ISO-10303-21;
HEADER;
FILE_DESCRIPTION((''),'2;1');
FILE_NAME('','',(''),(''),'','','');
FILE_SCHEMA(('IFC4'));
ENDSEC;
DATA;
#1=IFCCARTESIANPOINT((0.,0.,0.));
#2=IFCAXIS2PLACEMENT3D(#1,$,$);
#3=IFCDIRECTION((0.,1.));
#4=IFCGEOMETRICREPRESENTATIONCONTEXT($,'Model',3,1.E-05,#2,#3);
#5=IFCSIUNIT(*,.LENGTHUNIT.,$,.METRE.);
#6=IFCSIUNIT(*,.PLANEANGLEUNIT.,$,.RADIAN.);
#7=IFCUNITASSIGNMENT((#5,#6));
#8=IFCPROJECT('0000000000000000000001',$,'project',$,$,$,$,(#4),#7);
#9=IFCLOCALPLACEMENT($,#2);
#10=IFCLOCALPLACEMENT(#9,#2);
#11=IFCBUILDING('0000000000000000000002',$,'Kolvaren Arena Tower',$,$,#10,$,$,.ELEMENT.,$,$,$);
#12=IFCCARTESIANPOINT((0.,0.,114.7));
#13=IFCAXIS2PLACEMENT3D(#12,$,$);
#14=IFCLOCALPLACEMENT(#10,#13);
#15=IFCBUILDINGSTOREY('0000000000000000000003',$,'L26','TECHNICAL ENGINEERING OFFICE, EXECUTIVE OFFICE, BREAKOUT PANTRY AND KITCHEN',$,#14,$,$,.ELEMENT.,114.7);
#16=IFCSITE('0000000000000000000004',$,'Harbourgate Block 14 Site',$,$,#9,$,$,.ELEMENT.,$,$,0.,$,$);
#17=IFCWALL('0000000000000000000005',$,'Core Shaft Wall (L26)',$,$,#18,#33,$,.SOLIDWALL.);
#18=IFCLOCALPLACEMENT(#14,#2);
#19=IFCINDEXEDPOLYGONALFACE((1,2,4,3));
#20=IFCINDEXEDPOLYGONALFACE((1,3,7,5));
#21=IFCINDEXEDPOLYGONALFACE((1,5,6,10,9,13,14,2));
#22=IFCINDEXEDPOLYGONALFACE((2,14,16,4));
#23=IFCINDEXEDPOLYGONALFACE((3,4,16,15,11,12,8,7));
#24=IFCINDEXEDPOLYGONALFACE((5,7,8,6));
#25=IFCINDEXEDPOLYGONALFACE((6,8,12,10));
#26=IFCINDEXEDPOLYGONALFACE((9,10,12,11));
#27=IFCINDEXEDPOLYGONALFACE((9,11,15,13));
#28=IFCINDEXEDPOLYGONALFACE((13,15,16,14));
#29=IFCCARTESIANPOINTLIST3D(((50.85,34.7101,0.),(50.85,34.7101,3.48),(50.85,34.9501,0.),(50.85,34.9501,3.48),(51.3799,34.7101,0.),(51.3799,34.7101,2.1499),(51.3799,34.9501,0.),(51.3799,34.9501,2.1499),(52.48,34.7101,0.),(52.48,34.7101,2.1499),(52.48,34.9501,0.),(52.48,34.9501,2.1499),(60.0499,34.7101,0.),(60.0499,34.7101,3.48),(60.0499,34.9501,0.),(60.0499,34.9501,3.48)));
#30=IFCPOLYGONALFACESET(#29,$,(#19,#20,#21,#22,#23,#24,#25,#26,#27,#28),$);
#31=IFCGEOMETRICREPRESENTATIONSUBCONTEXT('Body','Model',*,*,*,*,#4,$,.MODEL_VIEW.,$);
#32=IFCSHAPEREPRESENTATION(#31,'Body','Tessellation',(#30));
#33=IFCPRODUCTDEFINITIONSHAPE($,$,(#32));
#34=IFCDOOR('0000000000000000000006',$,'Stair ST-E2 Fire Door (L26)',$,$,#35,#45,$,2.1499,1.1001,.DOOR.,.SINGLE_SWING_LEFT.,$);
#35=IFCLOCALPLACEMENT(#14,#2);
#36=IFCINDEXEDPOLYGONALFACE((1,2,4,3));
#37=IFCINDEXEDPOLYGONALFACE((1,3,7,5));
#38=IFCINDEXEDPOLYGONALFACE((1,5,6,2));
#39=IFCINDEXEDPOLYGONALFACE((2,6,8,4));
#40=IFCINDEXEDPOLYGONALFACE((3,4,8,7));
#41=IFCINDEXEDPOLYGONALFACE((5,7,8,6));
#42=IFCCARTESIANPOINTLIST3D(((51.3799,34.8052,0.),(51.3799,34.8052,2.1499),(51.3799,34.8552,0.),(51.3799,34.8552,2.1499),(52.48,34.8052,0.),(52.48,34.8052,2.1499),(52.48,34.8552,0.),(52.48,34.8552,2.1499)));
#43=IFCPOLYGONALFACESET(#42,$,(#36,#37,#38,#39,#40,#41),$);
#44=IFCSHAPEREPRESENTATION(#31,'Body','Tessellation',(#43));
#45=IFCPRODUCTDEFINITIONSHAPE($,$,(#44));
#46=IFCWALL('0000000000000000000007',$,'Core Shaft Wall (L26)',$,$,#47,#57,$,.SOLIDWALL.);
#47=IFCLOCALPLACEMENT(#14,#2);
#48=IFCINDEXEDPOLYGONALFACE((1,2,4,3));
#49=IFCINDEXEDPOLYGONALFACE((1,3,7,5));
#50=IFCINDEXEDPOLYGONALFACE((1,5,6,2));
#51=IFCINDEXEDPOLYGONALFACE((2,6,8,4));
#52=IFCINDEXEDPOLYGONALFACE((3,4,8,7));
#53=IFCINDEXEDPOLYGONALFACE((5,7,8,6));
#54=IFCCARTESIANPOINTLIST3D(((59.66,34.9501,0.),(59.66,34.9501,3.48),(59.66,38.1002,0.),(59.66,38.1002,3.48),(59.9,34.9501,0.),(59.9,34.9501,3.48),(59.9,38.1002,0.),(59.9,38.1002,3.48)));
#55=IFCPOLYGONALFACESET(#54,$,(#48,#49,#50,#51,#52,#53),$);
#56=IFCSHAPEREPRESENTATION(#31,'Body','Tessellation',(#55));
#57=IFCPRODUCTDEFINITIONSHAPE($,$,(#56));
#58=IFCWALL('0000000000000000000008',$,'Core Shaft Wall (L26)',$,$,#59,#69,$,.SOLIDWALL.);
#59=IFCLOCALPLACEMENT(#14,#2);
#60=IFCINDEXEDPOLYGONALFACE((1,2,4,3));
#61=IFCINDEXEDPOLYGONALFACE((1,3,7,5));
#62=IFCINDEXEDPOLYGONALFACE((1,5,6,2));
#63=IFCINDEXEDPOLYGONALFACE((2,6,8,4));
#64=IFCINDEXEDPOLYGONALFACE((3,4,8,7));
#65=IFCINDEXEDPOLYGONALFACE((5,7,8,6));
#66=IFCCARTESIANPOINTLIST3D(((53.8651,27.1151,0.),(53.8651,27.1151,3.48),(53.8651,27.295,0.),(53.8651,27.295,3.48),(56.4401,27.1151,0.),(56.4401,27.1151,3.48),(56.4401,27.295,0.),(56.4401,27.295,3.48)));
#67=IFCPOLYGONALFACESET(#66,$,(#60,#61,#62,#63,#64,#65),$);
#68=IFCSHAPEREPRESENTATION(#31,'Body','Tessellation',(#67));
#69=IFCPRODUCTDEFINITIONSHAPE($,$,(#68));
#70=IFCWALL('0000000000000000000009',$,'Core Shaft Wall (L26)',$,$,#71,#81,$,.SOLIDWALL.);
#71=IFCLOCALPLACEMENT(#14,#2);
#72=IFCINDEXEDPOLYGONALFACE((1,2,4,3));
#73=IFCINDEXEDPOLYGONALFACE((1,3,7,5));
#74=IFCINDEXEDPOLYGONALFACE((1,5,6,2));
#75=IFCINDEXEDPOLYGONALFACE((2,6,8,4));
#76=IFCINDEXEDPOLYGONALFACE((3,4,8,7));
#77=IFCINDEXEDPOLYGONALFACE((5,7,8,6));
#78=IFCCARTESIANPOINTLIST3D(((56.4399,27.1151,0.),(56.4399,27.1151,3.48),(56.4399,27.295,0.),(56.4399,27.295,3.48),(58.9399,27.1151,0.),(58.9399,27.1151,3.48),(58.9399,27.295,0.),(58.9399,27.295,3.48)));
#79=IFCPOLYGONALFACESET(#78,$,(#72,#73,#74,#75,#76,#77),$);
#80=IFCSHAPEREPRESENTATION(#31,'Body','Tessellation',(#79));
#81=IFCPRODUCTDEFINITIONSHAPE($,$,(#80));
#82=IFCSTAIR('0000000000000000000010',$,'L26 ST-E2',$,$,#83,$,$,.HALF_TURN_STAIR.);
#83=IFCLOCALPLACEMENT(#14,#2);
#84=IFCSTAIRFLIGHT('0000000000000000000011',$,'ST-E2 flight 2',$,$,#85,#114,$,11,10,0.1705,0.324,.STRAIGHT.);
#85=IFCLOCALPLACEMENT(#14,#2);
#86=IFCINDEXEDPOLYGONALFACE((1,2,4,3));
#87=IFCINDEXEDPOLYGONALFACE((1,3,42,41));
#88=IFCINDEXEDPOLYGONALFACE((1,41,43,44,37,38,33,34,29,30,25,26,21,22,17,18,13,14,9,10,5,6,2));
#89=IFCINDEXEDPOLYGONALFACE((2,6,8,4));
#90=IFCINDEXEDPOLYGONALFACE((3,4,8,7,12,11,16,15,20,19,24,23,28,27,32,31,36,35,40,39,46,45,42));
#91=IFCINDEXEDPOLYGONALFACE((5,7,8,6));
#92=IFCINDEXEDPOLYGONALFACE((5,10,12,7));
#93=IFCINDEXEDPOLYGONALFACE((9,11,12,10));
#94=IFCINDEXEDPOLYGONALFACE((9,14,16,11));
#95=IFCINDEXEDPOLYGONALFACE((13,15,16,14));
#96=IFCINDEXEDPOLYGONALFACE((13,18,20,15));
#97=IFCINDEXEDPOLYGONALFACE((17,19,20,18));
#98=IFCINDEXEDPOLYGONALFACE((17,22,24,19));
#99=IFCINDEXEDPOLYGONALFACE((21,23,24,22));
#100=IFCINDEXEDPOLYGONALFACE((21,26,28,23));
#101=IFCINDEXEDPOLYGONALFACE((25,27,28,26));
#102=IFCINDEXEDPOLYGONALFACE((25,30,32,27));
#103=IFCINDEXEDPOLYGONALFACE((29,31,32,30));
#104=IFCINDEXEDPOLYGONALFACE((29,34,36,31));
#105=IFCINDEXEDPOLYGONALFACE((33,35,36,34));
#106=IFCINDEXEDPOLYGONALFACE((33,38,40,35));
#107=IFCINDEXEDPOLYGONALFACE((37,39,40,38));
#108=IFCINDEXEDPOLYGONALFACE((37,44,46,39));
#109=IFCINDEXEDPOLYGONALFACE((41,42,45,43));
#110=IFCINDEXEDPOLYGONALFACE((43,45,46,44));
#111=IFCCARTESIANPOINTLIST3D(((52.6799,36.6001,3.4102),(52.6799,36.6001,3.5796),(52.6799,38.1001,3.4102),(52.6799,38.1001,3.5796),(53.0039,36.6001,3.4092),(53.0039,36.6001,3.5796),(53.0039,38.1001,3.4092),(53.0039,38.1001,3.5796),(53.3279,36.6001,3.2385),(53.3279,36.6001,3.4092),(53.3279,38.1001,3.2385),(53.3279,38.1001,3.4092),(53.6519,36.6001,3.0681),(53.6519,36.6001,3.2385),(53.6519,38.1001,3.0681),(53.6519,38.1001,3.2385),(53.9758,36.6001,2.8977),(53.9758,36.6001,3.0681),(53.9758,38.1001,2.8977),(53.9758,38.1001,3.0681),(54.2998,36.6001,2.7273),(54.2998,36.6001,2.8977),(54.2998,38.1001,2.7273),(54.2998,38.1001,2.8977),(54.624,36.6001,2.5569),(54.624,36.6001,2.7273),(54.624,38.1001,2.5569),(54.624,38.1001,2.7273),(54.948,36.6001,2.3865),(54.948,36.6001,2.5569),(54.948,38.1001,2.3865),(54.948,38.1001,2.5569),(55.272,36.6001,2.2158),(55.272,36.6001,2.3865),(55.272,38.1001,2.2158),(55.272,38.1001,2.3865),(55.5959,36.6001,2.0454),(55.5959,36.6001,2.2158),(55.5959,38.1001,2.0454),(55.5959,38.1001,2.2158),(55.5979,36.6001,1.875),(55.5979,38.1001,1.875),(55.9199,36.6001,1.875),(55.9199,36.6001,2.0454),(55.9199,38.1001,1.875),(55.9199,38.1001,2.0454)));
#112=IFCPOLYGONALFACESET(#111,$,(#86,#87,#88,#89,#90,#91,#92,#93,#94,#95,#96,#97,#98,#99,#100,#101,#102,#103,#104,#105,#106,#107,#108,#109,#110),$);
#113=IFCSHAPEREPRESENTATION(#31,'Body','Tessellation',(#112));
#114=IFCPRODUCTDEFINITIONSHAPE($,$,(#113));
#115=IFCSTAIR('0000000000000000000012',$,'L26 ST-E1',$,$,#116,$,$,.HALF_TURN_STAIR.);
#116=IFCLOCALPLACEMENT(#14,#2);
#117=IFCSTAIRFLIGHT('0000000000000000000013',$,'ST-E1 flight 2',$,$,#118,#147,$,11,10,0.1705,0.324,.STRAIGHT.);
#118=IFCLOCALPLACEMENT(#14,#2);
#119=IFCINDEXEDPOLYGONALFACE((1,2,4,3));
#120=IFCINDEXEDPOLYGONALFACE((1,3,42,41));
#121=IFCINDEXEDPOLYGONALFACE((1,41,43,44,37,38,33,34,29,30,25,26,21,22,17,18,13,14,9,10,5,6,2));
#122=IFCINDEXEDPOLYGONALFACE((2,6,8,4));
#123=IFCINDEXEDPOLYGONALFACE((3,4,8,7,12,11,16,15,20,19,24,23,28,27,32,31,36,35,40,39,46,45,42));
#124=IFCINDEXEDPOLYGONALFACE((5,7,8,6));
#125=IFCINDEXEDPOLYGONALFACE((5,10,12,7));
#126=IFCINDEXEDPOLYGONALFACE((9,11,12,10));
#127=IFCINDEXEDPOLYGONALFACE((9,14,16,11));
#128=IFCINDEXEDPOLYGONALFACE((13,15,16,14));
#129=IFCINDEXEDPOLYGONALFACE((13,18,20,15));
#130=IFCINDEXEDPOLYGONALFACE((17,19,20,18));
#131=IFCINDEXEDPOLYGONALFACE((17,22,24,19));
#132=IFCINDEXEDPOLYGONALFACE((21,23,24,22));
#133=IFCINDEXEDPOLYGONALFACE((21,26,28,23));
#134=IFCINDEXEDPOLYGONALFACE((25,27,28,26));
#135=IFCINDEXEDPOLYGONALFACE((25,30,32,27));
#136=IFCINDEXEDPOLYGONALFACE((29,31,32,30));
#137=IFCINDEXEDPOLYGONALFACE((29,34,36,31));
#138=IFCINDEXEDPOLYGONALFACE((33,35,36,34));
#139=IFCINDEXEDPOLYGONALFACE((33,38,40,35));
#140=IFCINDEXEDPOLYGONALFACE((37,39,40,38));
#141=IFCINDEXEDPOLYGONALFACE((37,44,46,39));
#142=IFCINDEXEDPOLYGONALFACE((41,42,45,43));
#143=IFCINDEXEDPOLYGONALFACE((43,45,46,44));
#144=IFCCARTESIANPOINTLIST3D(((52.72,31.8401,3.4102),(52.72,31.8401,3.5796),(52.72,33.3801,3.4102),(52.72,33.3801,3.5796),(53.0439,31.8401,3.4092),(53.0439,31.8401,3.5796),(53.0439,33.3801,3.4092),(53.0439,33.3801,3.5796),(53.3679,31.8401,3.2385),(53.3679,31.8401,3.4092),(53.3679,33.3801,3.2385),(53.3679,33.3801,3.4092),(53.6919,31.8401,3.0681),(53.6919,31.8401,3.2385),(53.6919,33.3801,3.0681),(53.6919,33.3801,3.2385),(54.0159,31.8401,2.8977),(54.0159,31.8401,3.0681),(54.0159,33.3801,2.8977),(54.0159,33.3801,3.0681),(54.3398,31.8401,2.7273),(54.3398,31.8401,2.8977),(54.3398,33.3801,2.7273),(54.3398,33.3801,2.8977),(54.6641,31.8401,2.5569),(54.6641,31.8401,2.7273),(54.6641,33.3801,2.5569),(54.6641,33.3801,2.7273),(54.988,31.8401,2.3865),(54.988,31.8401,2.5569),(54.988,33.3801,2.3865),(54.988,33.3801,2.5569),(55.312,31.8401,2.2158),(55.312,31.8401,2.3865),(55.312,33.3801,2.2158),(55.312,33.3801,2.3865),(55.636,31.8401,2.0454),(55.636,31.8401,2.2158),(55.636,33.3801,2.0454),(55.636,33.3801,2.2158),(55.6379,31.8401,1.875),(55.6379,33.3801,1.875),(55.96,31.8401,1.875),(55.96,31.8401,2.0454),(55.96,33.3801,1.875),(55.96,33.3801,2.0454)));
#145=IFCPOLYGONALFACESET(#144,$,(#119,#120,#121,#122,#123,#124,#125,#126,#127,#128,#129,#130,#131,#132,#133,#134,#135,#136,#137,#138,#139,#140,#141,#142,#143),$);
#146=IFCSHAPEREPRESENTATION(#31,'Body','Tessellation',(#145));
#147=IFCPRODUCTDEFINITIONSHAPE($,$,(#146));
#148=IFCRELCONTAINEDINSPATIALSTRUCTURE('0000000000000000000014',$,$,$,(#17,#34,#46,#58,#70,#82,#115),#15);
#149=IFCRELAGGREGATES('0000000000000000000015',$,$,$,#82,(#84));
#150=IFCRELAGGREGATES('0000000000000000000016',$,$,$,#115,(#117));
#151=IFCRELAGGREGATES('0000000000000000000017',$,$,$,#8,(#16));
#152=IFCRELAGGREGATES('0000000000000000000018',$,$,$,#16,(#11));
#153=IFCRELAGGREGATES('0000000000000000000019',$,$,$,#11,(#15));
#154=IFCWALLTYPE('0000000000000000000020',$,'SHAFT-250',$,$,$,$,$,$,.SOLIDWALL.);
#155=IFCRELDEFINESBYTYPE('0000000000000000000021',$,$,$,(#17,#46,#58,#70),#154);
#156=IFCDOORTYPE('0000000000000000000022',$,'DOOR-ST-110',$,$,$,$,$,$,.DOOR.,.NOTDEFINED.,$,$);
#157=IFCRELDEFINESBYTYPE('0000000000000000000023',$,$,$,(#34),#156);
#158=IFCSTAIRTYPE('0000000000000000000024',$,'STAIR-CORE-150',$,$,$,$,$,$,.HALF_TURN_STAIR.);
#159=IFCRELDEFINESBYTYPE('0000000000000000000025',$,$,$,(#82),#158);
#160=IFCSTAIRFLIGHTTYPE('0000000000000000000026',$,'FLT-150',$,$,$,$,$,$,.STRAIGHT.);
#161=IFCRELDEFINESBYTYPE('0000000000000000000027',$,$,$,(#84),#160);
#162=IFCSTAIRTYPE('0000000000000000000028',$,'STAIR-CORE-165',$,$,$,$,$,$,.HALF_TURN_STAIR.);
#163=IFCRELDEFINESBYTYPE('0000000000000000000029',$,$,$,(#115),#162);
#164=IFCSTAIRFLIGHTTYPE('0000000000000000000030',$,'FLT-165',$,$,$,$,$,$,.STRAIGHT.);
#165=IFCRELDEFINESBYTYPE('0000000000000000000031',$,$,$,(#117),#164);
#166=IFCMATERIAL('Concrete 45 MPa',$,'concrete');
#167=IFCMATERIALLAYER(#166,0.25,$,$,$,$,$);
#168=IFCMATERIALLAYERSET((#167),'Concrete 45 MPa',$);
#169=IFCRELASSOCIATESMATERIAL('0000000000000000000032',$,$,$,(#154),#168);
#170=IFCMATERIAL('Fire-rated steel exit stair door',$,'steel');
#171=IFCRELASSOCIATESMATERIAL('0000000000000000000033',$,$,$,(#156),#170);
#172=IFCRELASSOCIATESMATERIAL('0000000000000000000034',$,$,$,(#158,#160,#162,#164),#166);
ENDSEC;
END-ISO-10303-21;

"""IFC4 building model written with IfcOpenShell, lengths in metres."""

from ifc_helpers import new_model, si_unit, direction, frame, frame_2d, origin, place, context, subcontext, project, spatial, polyline, rectangle, outline, extrude, material, layer, layer_set, type_object, element, fill, aggregate, save


model = new_model("IFC4")

# Units and contexts
model_context = context("Model", 3, precision=1e-05, world=origin(), true_north=direction((0.0, 1.0)))
body_context = subcontext(model_context, "Body", "Model", "MODEL_VIEW")
ifc_project = project(units=[si_unit("LENGTHUNIT", "METRE"), si_unit("PLANEANGLEUNIT", "RADIAN")], contexts=[model_context])

# Site, building, storey
site_placement = place(None, origin())
site = spatial("IfcSite", under=ifc_project, at=site_placement, Name="Harbourgate Block 14 Site", CompositionType="ELEMENT", RefElevation=0.0)
building_placement = place(site_placement, origin())
building = spatial("IfcBuilding", under=site, at=building_placement, Name="Kolvaren Arena Tower", CompositionType="ELEMENT")
storey_placement = place(building_placement, frame((0.0, 0.0, 114.7)))
storey = spatial("IfcBuildingStorey", under=building, at=storey_placement, Name="L26", Description="TECHNICAL ENGINEERING OFFICE, EXECUTIVE OFFICE, BREAKOUT PANTRY AND KITCHEN", CompositionType="ELEMENT", Elevation=114.7)

# Shared definitions
ifc_material_1 = material(Name="Concrete 45 MPa", Category="concrete")
ifc_layer = layer(ifc_material_1, 0.25)
ifc_layer_set = layer_set([ifc_layer], Name="Concrete 45 MPa")
wall_type = type_object("IfcWallType", Name="SHAFT-250", PredefinedType="SOLIDWALL", material=ifc_layer_set)
ifc_material_2 = material(Name="Fire-rated steel exit stair door", Category="steel")
door_type = type_object("IfcDoorType", Name="DOOR-ST-110", OperationType="NOTDEFINED", PredefinedType="DOOR", material=ifc_material_2)

# Wall, opening, door
wall_1_placement = place(storey_placement, frame((60.05, 34.8301, 0.0), z_axis=(0.0, 0.0, 1.0), x_axis=(-1.0, 0.0, 0.0)))
wall_1 = element("IfcWall", 1, at=wall_1_placement, inside=storey, type_object=wall_type, Name="Core Shaft Wall (L26)", PredefinedType="SOLIDWALL", context=body_context, shape_type="SweptSolid", body=[
    extrude(rectangle(XDim=9.2, YDim=0.24, at=frame_2d((4.6001, 0.0))), origin(), (0.0, 0.0, 1.0), 3.48),
])
opening_1_placement = place(wall_1_placement, frame((7.5701, 0.0, 0.0)))
opening_1 = element("IfcOpeningElement", 2, at=opening_1_placement, cuts=wall_1, PredefinedType="OPENING", context=body_context, shape_type="SweptSolid", body=[
    extrude(rectangle(XDim=1.1001, YDim=2.1499, at=frame_2d((0.55, 1.075))), frame((0.0, 0.1299, 0.0), z_axis=(0.0, -1.0, 0.0), x_axis=(1.0, 0.0, 0.0)), (0.0, 0.0, 1.0), 0.26),
])
door_1_placement = place(opening_1_placement, origin())
door_1 = element("IfcDoor", 3, at=door_1_placement, inside=storey, type_object=door_type, Name="Stair ST-E2 Fire Door (L26)", OperationType="SINGLE_SWING_LEFT", OverallHeight=2.1499, OverallWidth=1.1001, PredefinedType="DOOR", context=body_context, shape_type="SweptSolid", body=[
    extrude(rectangle(XDim=1.1001, YDim=2.1499, at=frame_2d((0.55, 1.075))), frame((0.0, 0.0249, 0.0), z_axis=(0.0, -1.0, 0.0), x_axis=(1.0, 0.0, 0.0)), (0.0, 0.0, 1.0), 0.05),
])
fill(opening_1, door_1)

# Walls
wall_2_placement = place(storey_placement, frame((59.78, 34.95, 0.0), z_axis=(0.0, 0.0, 1.0), x_axis=(0.0, 1.0, 0.0)))
element("IfcWall", 4, at=wall_2_placement, inside=storey, type_object=wall_type, Name="Core Shaft Wall (L26)", PredefinedType="SOLIDWALL", context=body_context, shape_type="SweptSolid", body=[
    extrude(rectangle(XDim=3.1501, YDim=0.24, at=frame_2d((1.5752, 0.0))), origin(), (0.0, 0.0, 1.0), 3.48),
])
wall_3_placement = place(storey_placement, frame((53.865, 27.2051, 0.0), z_axis=(0.0, 0.0, 1.0), x_axis=(1.0, 0.0, 0.0)))
element("IfcWall", 5, at=wall_3_placement, inside=storey, type_object=wall_type, Name="Core Shaft Wall (L26)", PredefinedType="SOLIDWALL", context=body_context, shape_type="SweptSolid", body=[
    extrude(rectangle(XDim=2.575, YDim=0.1799, at=frame_2d((1.2876, 0.0))), origin(), (0.0, 0.0, 1.0), 3.48),
])
wall_4_placement = place(storey_placement, frame((56.4399, 27.2051, 0.0), z_axis=(0.0, 0.0, 1.0), x_axis=(1.0, 0.0, 0.0)))
element("IfcWall", 6, at=wall_4_placement, inside=storey, type_object=wall_type, Name="Core Shaft Wall (L26)", PredefinedType="SOLIDWALL", context=body_context, shape_type="SweptSolid", body=[
    extrude(rectangle(XDim=2.5, YDim=0.1799, at=frame_2d((1.25, 0.0))), origin(), (0.0, 0.0, 1.0), 3.48),
])

# Stairs, stair flights
stair_type_1 = type_object("IfcStairType", Name="STAIR-CORE-150", PredefinedType="HALF_TURN_STAIR", material=ifc_material_1)
stair_1_placement = place(storey_placement, origin())
stair_1 = element("IfcStair", 7, at=stair_1_placement, inside=storey, type_object=stair_type_1, Name="L26 ST-E2", PredefinedType="HALF_TURN_STAIR")
stair_flight_type_1 = type_object("IfcStairFlightType", Name="FLT-150", PredefinedType="STRAIGHT", material=ifc_material_1)
stair_flight_1_placement = place(storey_placement, frame((55.9199, 37.3501, 1.875), z_axis=(0.0, 0.0, 1.0), x_axis=(-1.0, 0.0, 0.0)))
stair_flight_1 = element("IfcStairFlight", 8, at=stair_flight_1_placement, type_object=stair_flight_type_1, Name="ST-E2 flight 2", NumberOfRisers=11, NumberOfTreads=10, PredefinedType="STRAIGHT", RiserHeight=0.1705, TreadLength=0.324, context=body_context, shape_type="SweptSolid", body=[
    extrude(outline(polyline([(0.0, 0.0), (0.0, 0.1704), (0.324, 0.1704), (0.324, 0.3408), (0.6479, 0.3408), (0.6479, 0.5115), (0.9719, 0.5115), (0.9719, 0.6819), (1.2959, 0.6819), (1.2959, 0.8523), (1.6201, 0.8523), (1.6201, 1.0227), (1.9441, 1.0227), (1.9441, 1.1931), (2.2681, 1.1931), (2.2681, 1.3635), (2.592, 1.3635), (2.592, 1.5342), (2.916, 1.5342), (2.916, 1.7046), (3.24, 1.7046), (3.24, 1.875), (3.24, 1.5352), (0.322, 0.0), (0.0, 0.0)])), frame((0.0, 0.75, 0.0), z_axis=(0.0, -1.0, 0.0), x_axis=(1.0, 0.0, 0.0)), (0.0, 0.0, 1.0), 1.5),
])
aggregate(stair_1, [stair_flight_1])
stair_type_2 = type_object("IfcStairType", Name="STAIR-CORE-165", PredefinedType="HALF_TURN_STAIR", material=ifc_material_1)
stair_2_placement = place(storey_placement, origin())
stair_2 = element("IfcStair", 9, at=stair_2_placement, inside=storey, type_object=stair_type_2, Name="L26 ST-E1", PredefinedType="HALF_TURN_STAIR")
stair_flight_type_2 = type_object("IfcStairFlightType", Name="FLT-165", PredefinedType="STRAIGHT", material=ifc_material_1)
stair_flight_2_placement = place(storey_placement, frame((55.96, 32.6101, 1.875), z_axis=(0.0, 0.0, 1.0), x_axis=(-1.0, 0.0, 0.0)))
stair_flight_2 = element("IfcStairFlight", 10, at=stair_flight_2_placement, type_object=stair_flight_type_2, Name="ST-E1 flight 2", NumberOfRisers=11, NumberOfTreads=10, PredefinedType="STRAIGHT", RiserHeight=0.1705, TreadLength=0.324, context=body_context, shape_type="SweptSolid", body=[
    extrude(outline(polyline([(0.0, 0.0), (0.0, 0.1704), (0.324, 0.1704), (0.324, 0.3408), (0.6479, 0.3408), (0.6479, 0.5115), (0.9719, 0.5115), (0.9719, 0.6819), (1.2959, 0.6819), (1.2959, 0.8523), (1.6201, 0.8523), (1.6201, 1.0227), (1.9441, 1.0227), (1.9441, 1.1931), (2.2681, 1.1931), (2.2681, 1.3635), (2.592, 1.3635), (2.592, 1.5342), (2.916, 1.5342), (2.916, 1.7046), (3.24, 1.7046), (3.24, 1.875), (3.24, 1.5352), (0.322, 0.0), (0.0, 0.0)])), frame((0.0, 0.77, 0.0), z_axis=(0.0, -1.0, 0.0), x_axis=(1.0, 0.0, 0.0)), (0.0, 0.0, 1.0), 1.54),
])
aggregate(stair_2, [stair_flight_2])

save(model, "model.ifc")
